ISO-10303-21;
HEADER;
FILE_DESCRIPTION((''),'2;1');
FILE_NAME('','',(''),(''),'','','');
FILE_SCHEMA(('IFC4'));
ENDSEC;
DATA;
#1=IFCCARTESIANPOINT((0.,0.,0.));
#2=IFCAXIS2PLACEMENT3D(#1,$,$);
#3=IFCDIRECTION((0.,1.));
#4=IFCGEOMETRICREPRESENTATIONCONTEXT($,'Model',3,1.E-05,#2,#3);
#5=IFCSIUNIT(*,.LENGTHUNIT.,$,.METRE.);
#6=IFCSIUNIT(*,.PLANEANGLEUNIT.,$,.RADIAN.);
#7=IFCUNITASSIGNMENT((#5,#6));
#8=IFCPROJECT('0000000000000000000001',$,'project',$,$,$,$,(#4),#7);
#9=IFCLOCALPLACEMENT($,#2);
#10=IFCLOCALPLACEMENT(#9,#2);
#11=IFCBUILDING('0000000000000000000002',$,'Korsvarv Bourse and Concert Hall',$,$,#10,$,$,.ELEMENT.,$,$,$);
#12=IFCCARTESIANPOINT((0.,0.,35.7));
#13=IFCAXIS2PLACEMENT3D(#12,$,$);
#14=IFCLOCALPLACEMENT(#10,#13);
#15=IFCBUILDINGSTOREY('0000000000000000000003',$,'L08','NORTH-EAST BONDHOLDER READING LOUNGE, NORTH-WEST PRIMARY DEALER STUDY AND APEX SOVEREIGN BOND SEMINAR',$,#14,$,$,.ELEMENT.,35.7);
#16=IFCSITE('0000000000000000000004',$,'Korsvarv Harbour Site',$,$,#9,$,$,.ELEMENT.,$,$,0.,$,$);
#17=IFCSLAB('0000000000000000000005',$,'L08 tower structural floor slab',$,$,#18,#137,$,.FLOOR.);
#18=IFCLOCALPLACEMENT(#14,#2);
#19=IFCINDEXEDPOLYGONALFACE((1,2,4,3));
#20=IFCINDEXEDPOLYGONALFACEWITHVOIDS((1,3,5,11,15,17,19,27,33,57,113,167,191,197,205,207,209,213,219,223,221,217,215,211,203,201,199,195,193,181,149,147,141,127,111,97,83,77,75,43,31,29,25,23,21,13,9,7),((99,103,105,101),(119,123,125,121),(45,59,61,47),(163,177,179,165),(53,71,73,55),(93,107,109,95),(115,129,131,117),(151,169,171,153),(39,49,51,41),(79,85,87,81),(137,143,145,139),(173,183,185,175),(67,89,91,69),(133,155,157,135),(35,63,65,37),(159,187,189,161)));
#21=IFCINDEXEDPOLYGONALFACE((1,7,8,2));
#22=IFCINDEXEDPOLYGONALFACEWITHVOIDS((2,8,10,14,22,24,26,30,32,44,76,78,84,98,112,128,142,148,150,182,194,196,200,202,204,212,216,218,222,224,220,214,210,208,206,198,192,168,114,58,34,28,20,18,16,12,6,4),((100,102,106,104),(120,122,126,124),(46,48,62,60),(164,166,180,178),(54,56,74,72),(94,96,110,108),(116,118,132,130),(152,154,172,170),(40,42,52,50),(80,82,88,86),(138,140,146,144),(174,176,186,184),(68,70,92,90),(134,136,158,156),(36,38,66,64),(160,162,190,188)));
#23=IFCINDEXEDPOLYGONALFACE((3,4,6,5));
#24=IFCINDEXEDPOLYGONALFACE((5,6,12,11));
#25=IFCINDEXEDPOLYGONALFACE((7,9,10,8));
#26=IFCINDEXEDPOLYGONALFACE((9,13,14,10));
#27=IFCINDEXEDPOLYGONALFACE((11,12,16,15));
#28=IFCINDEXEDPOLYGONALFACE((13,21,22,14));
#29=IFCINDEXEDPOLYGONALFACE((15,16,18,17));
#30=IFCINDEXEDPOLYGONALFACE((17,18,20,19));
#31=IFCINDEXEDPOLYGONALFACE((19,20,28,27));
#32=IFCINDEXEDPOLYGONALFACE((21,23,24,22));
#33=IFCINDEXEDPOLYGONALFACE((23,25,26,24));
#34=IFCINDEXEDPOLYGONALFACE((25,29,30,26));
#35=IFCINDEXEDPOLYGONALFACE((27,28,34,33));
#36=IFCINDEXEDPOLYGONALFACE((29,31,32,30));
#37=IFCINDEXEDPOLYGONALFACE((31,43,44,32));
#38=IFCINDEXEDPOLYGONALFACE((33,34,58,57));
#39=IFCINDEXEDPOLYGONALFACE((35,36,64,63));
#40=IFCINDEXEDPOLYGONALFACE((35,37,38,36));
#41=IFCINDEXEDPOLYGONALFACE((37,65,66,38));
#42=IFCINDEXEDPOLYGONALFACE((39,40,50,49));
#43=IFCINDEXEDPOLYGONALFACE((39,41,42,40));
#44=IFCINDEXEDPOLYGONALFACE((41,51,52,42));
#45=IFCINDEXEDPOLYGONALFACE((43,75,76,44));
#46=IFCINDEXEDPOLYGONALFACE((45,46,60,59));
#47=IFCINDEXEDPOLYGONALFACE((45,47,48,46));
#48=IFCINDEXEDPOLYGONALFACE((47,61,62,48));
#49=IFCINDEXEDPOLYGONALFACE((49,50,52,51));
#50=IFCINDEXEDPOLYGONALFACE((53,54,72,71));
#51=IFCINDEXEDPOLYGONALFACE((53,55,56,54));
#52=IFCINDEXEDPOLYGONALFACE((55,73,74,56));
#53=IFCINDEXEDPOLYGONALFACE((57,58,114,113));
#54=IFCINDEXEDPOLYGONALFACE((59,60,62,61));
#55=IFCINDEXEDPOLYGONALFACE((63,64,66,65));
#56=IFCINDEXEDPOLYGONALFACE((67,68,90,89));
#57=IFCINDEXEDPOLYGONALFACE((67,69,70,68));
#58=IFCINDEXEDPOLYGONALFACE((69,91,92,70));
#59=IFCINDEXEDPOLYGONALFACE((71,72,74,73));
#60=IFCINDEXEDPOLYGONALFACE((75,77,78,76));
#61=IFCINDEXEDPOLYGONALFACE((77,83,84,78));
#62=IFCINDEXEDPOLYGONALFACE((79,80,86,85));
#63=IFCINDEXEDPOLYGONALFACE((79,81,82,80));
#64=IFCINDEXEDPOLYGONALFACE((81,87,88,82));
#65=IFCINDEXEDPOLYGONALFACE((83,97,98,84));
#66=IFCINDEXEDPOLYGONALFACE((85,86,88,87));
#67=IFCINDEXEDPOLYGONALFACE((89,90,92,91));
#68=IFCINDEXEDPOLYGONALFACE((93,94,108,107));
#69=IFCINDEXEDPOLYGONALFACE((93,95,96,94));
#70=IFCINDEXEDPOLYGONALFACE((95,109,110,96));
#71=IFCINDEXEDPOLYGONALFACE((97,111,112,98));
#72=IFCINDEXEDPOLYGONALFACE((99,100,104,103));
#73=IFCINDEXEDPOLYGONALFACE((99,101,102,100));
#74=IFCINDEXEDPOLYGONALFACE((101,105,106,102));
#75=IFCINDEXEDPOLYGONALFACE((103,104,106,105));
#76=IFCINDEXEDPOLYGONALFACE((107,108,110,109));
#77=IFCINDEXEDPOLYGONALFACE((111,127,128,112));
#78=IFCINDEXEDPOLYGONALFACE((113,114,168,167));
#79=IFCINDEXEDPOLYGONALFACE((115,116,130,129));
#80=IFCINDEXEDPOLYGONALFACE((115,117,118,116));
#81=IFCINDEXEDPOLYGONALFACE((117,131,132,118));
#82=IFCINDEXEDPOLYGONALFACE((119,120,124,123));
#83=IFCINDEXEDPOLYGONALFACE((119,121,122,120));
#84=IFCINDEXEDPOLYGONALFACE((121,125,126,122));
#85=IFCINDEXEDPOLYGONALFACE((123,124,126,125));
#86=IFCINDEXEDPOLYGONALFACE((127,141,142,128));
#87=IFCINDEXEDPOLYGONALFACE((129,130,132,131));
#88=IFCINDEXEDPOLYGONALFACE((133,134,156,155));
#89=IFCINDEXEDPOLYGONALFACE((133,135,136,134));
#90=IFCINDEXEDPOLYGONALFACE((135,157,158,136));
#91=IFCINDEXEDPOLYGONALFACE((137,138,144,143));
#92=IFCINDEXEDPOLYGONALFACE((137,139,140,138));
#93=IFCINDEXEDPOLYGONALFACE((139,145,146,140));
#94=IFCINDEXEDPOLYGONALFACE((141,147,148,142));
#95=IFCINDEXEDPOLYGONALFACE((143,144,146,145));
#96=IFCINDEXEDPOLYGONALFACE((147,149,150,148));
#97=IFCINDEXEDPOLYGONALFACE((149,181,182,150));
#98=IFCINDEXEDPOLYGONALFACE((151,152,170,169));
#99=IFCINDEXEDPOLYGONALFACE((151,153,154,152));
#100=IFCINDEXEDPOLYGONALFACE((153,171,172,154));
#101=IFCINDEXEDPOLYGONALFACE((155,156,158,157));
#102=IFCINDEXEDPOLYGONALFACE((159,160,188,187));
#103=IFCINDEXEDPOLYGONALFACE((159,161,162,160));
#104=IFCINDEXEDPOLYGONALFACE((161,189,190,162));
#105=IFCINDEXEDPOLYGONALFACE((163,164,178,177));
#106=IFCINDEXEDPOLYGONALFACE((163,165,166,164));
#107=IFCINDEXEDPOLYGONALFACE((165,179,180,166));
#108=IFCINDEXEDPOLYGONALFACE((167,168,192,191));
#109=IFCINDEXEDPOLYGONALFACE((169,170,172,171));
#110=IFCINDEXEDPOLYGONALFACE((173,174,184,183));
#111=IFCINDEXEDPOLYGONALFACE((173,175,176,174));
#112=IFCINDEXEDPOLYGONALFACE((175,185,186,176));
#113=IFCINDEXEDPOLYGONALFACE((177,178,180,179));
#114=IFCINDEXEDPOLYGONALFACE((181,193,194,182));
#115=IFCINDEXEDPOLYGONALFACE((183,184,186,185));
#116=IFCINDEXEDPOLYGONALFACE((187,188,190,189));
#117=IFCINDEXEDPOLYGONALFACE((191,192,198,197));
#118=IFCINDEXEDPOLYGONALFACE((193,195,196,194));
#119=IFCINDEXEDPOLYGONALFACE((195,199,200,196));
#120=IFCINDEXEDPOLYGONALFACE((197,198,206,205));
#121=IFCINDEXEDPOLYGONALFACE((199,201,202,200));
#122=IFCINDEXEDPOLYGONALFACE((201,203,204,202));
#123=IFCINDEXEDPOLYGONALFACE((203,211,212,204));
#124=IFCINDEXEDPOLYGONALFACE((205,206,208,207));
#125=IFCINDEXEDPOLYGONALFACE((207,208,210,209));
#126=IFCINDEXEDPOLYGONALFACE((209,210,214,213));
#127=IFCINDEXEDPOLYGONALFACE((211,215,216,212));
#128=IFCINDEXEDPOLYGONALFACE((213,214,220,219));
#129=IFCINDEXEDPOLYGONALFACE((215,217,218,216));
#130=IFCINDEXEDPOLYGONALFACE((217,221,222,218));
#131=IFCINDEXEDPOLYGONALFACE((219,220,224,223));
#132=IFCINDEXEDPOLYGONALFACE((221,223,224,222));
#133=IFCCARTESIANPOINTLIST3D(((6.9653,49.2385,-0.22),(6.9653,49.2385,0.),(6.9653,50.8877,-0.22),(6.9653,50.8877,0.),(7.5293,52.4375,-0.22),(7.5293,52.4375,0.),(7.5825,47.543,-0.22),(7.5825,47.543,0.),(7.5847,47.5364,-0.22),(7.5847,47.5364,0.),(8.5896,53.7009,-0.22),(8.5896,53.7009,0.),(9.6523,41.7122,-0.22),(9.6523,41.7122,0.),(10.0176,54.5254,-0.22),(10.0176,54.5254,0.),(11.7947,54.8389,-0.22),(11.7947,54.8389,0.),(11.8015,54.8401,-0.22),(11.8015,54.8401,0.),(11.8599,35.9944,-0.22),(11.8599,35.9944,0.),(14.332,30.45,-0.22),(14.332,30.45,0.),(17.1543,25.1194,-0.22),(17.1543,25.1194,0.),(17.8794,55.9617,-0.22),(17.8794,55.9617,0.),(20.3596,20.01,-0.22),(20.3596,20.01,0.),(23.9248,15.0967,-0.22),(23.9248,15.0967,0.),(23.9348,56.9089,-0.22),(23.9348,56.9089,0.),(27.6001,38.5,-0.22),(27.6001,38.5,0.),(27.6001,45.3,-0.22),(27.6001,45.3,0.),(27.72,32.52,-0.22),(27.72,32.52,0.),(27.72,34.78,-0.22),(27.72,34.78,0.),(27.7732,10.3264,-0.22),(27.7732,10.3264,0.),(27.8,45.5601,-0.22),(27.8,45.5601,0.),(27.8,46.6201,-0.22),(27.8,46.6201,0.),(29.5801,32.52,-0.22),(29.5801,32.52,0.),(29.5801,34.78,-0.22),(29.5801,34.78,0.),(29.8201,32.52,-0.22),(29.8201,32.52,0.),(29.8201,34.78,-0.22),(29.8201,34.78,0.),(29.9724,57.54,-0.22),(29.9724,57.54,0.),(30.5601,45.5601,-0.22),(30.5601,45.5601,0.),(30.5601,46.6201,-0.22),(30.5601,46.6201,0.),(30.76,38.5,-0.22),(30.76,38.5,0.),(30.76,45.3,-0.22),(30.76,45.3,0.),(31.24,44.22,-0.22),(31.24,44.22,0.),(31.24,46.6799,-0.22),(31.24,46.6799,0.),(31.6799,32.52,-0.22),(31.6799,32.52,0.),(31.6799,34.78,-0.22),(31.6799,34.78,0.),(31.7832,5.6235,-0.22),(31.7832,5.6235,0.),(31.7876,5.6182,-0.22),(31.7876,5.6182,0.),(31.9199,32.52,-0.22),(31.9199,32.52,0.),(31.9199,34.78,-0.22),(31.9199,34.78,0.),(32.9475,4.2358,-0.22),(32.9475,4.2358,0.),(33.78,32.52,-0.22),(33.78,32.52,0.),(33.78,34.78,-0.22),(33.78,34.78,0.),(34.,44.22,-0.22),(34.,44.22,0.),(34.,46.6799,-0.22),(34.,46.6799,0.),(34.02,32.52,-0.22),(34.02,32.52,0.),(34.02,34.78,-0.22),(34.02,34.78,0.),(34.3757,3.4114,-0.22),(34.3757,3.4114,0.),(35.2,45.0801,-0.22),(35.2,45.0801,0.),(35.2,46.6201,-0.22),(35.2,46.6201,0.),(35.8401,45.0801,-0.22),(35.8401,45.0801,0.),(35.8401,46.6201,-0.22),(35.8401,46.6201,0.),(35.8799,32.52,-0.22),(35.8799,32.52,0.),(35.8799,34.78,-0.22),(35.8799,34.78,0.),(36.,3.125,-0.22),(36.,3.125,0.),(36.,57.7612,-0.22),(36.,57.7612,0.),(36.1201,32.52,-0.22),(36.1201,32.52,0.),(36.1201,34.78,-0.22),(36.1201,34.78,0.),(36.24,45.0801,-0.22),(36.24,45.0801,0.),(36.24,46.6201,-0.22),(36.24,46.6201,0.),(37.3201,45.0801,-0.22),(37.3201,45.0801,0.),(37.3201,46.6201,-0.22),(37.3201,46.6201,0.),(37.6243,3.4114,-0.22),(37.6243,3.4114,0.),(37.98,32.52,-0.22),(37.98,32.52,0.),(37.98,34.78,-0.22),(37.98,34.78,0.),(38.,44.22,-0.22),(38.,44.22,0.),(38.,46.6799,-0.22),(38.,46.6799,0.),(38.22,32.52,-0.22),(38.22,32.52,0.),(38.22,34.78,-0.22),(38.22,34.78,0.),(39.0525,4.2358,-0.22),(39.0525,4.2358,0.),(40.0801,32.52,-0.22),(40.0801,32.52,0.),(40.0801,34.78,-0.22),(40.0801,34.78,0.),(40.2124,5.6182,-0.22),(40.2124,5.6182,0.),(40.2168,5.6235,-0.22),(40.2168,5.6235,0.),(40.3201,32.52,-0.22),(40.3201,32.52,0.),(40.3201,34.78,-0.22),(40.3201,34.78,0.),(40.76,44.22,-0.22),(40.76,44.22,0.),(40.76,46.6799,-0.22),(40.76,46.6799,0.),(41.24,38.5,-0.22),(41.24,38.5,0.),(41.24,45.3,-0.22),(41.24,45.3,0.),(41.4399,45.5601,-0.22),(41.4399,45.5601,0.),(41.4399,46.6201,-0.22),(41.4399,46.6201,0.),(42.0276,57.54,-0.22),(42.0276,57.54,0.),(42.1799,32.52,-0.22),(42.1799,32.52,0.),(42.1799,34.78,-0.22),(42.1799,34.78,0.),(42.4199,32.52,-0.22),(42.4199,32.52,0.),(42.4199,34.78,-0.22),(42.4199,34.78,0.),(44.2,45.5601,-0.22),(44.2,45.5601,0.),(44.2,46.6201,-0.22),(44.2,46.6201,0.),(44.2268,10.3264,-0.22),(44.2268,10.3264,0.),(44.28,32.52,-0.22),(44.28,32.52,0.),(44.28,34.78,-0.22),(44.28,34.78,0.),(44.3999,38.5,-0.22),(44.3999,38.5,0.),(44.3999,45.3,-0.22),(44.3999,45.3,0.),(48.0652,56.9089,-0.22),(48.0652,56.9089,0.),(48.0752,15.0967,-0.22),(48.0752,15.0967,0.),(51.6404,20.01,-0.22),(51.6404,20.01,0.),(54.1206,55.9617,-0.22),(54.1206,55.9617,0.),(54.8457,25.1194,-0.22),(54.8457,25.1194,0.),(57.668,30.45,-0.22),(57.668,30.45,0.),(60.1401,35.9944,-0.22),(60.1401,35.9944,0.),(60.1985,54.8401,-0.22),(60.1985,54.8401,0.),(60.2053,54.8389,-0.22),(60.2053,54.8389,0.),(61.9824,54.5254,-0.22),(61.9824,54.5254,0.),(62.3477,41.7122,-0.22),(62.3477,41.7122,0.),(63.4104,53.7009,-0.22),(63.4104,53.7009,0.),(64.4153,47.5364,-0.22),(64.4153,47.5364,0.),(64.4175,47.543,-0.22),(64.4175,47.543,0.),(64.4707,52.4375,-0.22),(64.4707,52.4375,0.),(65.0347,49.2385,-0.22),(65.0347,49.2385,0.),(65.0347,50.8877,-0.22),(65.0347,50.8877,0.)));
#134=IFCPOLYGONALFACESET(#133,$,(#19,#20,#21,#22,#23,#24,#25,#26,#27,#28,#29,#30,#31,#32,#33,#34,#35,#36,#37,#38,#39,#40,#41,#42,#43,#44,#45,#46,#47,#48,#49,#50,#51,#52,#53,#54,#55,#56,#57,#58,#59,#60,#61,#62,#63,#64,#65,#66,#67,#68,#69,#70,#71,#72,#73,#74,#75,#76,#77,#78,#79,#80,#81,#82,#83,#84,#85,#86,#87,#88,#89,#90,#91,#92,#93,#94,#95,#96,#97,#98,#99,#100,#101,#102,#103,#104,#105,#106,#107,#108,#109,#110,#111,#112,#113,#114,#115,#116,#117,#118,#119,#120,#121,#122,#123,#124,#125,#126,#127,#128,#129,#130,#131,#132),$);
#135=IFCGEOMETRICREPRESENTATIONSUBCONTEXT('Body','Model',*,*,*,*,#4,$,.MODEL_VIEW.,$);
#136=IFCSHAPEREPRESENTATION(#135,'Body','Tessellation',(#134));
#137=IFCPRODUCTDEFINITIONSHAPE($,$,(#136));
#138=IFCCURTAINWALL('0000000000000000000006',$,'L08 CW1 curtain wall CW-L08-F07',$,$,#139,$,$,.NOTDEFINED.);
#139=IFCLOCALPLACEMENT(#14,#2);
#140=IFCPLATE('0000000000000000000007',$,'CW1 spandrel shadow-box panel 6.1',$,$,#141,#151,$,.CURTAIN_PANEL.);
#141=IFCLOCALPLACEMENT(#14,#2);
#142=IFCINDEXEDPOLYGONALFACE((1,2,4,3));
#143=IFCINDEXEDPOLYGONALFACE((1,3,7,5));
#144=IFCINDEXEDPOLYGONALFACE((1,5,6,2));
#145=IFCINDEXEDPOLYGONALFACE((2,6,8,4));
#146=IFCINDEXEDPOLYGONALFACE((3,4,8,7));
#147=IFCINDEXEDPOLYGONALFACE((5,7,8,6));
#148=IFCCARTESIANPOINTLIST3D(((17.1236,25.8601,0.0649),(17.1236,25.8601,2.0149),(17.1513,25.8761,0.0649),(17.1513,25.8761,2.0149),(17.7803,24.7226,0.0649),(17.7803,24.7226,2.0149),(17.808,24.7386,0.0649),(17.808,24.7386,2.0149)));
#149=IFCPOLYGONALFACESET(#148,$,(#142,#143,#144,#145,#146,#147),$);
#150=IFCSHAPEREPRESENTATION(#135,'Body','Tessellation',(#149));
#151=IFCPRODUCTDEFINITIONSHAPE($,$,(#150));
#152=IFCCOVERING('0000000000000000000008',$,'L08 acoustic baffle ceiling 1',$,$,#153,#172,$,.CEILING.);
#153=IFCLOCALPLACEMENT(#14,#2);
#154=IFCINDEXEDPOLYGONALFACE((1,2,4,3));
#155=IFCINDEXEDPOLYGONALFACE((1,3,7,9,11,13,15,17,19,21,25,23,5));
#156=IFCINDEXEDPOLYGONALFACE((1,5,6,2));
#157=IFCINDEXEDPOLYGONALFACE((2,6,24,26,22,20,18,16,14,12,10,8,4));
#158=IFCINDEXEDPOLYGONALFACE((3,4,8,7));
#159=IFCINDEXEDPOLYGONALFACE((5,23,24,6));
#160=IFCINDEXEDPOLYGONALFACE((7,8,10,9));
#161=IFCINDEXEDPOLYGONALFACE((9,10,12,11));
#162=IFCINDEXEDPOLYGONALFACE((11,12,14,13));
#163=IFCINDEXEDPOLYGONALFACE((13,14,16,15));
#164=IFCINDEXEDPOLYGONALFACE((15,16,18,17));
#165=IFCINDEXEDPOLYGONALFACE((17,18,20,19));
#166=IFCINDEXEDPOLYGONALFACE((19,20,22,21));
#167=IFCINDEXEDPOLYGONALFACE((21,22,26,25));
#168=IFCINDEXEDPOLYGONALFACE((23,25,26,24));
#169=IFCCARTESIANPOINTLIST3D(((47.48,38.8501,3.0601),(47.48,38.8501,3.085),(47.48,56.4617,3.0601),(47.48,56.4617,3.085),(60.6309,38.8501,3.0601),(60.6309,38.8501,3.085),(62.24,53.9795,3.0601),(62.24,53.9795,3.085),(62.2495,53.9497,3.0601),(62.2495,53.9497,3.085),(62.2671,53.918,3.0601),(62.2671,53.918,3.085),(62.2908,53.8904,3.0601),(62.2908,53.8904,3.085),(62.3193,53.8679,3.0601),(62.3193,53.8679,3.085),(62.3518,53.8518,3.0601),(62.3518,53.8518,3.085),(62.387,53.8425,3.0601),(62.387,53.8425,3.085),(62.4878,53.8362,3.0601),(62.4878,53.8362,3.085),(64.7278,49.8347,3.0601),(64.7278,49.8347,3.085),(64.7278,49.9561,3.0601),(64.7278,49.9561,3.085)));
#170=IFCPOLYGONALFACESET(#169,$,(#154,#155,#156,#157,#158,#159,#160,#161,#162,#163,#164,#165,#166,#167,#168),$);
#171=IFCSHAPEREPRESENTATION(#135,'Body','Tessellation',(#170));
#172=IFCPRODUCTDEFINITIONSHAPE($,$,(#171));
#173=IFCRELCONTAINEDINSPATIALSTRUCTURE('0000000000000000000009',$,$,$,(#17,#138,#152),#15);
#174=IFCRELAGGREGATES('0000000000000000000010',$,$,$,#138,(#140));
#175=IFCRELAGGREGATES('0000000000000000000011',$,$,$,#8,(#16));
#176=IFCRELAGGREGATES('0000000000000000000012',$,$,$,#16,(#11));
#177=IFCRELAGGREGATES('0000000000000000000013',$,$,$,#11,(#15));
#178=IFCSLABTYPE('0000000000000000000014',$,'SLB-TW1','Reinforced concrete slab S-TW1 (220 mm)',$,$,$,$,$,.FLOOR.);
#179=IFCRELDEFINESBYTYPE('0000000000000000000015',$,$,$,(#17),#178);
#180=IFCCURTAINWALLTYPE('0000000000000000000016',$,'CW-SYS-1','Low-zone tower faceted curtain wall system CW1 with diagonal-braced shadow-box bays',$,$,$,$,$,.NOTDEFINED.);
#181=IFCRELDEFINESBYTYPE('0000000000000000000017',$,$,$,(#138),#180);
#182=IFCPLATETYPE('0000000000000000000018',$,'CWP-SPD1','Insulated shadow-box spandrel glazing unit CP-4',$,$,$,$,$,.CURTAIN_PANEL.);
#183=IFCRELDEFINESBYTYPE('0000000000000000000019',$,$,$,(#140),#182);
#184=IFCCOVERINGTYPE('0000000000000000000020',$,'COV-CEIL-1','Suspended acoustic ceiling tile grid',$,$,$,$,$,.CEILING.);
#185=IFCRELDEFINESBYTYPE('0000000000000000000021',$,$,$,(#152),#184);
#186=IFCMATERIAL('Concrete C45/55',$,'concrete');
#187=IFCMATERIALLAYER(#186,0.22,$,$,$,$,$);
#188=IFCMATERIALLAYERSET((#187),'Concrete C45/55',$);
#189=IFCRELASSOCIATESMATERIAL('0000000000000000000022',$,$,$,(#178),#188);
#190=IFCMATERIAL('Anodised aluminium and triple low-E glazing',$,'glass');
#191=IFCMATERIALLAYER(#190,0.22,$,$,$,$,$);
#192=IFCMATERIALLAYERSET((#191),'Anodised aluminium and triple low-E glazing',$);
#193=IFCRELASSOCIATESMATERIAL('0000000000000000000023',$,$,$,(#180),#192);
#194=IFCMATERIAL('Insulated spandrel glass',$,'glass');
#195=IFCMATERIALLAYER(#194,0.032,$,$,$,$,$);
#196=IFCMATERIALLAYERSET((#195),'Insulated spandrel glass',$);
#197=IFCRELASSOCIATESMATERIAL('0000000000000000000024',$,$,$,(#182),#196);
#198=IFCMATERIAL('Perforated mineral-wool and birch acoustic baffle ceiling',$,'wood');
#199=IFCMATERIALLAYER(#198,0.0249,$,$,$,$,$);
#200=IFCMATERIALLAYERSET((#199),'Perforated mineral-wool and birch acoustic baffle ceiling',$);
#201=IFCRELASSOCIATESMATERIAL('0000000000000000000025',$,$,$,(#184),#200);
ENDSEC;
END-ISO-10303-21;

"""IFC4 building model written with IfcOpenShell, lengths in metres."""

from ifc_helpers import new_model, si_unit, direction, frame, origin, origin_2d, place, context, subcontext, project, spatial, polyline, rectangle, outline, extrude, source, transform, mapped, material, layer, layer_set, type_object, element, aggregate, save


model = new_model("IFC4")

# Units and contexts
model_context = context("Model", 3, precision=1e-05, world=origin(), true_north=direction((0.0, 1.0)))
body_context = subcontext(model_context, "Body", "Model", "MODEL_VIEW")
ifc_project = project(units=[si_unit("LENGTHUNIT", "METRE"), si_unit("PLANEANGLEUNIT", "RADIAN")], contexts=[model_context])

# Site, building, storey
site_placement = place(None, origin())
site = spatial("IfcSite", under=ifc_project, at=site_placement, Name="Korsvarv Harbour Site", CompositionType="ELEMENT", RefElevation=0.0)
building_placement = place(site_placement, origin())
building = spatial("IfcBuilding", under=site, at=building_placement, Name="Korsvarv Bourse and Concert Hall", CompositionType="ELEMENT")
storey_placement = place(building_placement, frame((0.0, 0.0, 35.7)))
storey = spatial("IfcBuildingStorey", under=building, at=storey_placement, Name="L08", Description="NORTH-EAST BONDHOLDER READING LOUNGE, NORTH-WEST PRIMARY DEALER STUDY AND APEX SOVEREIGN BOND SEMINAR", CompositionType="ELEMENT", Elevation=35.7)

# Slab
ifc_material_1 = material(Name="Concrete C45/55", Category="concrete")
ifc_layer_1 = layer(ifc_material_1, 0.22)
ifc_layer_set_1 = layer_set([ifc_layer_1], Name="Concrete C45/55")
slab_type_1 = type_object("IfcSlabType", Name="SLB-TW1", Description="Reinforced concrete slab S-TW1 (220 mm)", PredefinedType="FLOOR", material=ifc_layer_set_1)
slab_1_placement = place(storey_placement, frame((0.0, 0.0, -0.22)))
element("IfcSlab", 1, at=slab_1_placement, inside=storey, type_object=slab_type_1, Name="L08 tower structural floor slab", PredefinedType="FLOOR", context=body_context, shape_type="SweptSolid", body=[
    extrude(outline(polyline([(64.4153, 47.5364), (62.3477, 41.7122), (60.1401, 35.9944), (57.668, 30.45), (54.8457, 25.1194), (51.6404, 20.01), (48.0752, 15.0967), (44.2268, 10.3264), (40.2168, 5.6235), (40.2124, 5.6182), (39.0525, 4.2358), (37.6243, 3.4114), (36.0, 3.125), (34.3757, 3.4114), (32.9475, 4.2358), (31.7876, 5.6182), (31.7832, 5.6235), (27.7732, 10.3264), (23.9248, 15.0967), (20.3596, 20.01), (17.1543, 25.1194), (14.332, 30.45), (11.8599, 35.9944), (9.6523, 41.7122), (7.5847, 47.5364), (7.5825, 47.543), (6.9653, 49.2385), (6.9653, 50.8877), (7.5293, 52.4375), (8.5896, 53.7009), (10.0176, 54.5254), (11.7947, 54.8389), (11.8015, 54.8401), (17.8794, 55.9617), (23.9348, 56.9089), (29.9724, 57.54), (36.0, 57.7612), (42.0276, 57.54), (48.0652, 56.9089), (54.1206, 55.9617), (60.1985, 54.8401), (60.2053, 54.8389), (61.9824, 54.5254), (63.4104, 53.7009), (64.4707, 52.4375), (65.0347, 50.8877), (65.0347, 49.2385), (64.4175, 47.543), (64.4153, 47.5364)]), holes=[polyline([(30.76, 38.5), (30.76, 45.3), (27.6001, 45.3), (27.6001, 38.5), (30.76, 38.5)]), polyline([(44.3999, 38.5), (44.3999, 45.3), (41.24, 45.3), (41.24, 38.5), (44.3999, 38.5)]), polyline([(31.24, 44.22), (34.0, 44.22), (34.0, 46.6799), (31.24, 46.6799), (31.24, 44.22)]), polyline([(38.0, 44.22), (40.76, 44.22), (40.76, 46.6799), (38.0, 46.6799), (38.0, 44.22)]), polyline([(27.72, 32.52), (29.5801, 32.52), (29.5801, 34.78), (27.72, 34.78), (27.72, 32.52)]), polyline([(29.8201, 32.52), (31.6799, 32.52), (31.6799, 34.78), (29.8201, 34.78), (29.8201, 32.52)]), polyline([(31.9199, 32.52), (33.78, 32.52), (33.78, 34.78), (31.9199, 34.78), (31.9199, 32.52)]), polyline([(34.02, 32.52), (35.8799, 32.52), (35.8799, 34.78), (34.02, 34.78), (34.02, 32.52)]), polyline([(36.1201, 32.52), (37.98, 32.52), (37.98, 34.78), (36.1201, 34.78), (36.1201, 32.52)]), polyline([(38.22, 32.52), (40.0801, 32.52), (40.0801, 34.78), (38.22, 34.78), (38.22, 32.52)]), polyline([(40.3201, 32.52), (42.1799, 32.52), (42.1799, 34.78), (40.3201, 34.78), (40.3201, 32.52)]), polyline([(42.4199, 32.52), (44.28, 32.52), (44.28, 34.78), (42.4199, 34.78), (42.4199, 32.52)]), polyline([(27.8, 45.5601), (30.5601, 45.5601), (30.5601, 46.6201), (27.8, 46.6201), (27.8, 45.5601)]), polyline([(41.4399, 45.5601), (44.2, 45.5601), (44.2, 46.6201), (41.4399, 46.6201), (41.4399, 45.5601)]), polyline([(35.2, 45.0801), (35.8401, 45.0801), (35.8401, 46.6201), (35.2, 46.6201), (35.2, 45.0801)]), polyline([(36.24, 45.0801), (37.3201, 45.0801), (37.3201, 46.6201), (36.24, 46.6201), (36.24, 45.0801)])]), origin(), (0.0, 0.0, 1.0), 0.22),
])

# Curtain wall, plate
ifc_material_2 = material(Name="Anodised aluminium and triple low-E glazing", Category="glass")
ifc_layer_2 = layer(ifc_material_2, 0.22)
ifc_layer_set_2 = layer_set([ifc_layer_2], Name="Anodised aluminium and triple low-E glazing")
curtain_wall_type = type_object("IfcCurtainWallType", Name="CW-SYS-1", Description="Low-zone tower faceted curtain wall system CW1 with diagonal-braced shadow-box bays", PredefinedType="NOTDEFINED", material=ifc_layer_set_2)
curtain_wall_placement = place(storey_placement, origin())
curtain_wall = element("IfcCurtainWall", 2, at=curtain_wall_placement, inside=storey, type_object=curtain_wall_type, Name="L08 CW1 curtain wall CW-L08-F07", PredefinedType="NOTDEFINED")
ifc_material_3 = material(Name="Insulated spandrel glass", Category="glass")
ifc_layer_3 = layer(ifc_material_3, 0.032)
ifc_layer_set_3 = layer_set([ifc_layer_3], Name="Insulated spandrel glass")
plate_type = type_object("IfcPlateType", Name="CWP-SPD1", Description="Insulated shadow-box spandrel glazing unit CP-4", PredefinedType="CURTAIN_PANEL", material=ifc_layer_set_3)
shared_shape = source(origin(), body_context, "Body", "SweptSolid", [
    extrude(rectangle(XDim=1.3135, YDim=0.032, at=origin_2d()), origin(), (0.0, 0.0, 1.0), 1.95),
])
plate_placement = place(storey_placement, frame((17.4658, 25.2993, 0.0649), z_axis=(0.0, 0.0, 1.0), x_axis=(0.5, -0.866026, 0.0)))
plate = element("IfcPlate", 3, at=plate_placement, type_object=plate_type, Name="CW1 spandrel shadow-box panel 6.1", PredefinedType="CURTAIN_PANEL", context=body_context, shape_type="MappedRepresentation", body=[
    mapped(shared_shape, transform((0.0, 0.0, 0.0), scale=1.0)),
])
aggregate(curtain_wall, [plate])

# Covering
ifc_material_4 = material(Name="Perforated mineral-wool and birch acoustic baffle ceiling", Category="wood")
ifc_layer_4 = layer(ifc_material_4, 0.0249)
ifc_layer_set_4 = layer_set([ifc_layer_4], Name="Perforated mineral-wool and birch acoustic baffle ceiling")
covering_type_1 = type_object("IfcCoveringType", Name="COV-CEIL-1", Description="Suspended acoustic ceiling tile grid", PredefinedType="CEILING", material=ifc_layer_set_4)
covering_1_placement = place(storey_placement, frame((0.0, 0.0, 3.0601)))
element("IfcCovering", 4, at=covering_1_placement, inside=storey, type_object=covering_type_1, Name="L08 acoustic baffle ceiling 1", PredefinedType="CEILING", context=body_context, shape_type="SweptSolid", body=[
    extrude(outline(polyline([(47.48, 56.4617), (62.24, 53.9795), (62.2495, 53.9497), (62.2671, 53.918), (62.2908, 53.8904), (62.3193, 53.8679), (62.3518, 53.8518), (62.387, 53.8425), (62.4878, 53.8362), (64.7278, 49.9561), (64.7278, 49.8347), (60.6309, 38.8501), (47.48, 38.8501), (47.48, 56.4617)])), origin(), (0.0, 0.0, 1.0), 0.0249),
])

save(model, "model.ifc")
